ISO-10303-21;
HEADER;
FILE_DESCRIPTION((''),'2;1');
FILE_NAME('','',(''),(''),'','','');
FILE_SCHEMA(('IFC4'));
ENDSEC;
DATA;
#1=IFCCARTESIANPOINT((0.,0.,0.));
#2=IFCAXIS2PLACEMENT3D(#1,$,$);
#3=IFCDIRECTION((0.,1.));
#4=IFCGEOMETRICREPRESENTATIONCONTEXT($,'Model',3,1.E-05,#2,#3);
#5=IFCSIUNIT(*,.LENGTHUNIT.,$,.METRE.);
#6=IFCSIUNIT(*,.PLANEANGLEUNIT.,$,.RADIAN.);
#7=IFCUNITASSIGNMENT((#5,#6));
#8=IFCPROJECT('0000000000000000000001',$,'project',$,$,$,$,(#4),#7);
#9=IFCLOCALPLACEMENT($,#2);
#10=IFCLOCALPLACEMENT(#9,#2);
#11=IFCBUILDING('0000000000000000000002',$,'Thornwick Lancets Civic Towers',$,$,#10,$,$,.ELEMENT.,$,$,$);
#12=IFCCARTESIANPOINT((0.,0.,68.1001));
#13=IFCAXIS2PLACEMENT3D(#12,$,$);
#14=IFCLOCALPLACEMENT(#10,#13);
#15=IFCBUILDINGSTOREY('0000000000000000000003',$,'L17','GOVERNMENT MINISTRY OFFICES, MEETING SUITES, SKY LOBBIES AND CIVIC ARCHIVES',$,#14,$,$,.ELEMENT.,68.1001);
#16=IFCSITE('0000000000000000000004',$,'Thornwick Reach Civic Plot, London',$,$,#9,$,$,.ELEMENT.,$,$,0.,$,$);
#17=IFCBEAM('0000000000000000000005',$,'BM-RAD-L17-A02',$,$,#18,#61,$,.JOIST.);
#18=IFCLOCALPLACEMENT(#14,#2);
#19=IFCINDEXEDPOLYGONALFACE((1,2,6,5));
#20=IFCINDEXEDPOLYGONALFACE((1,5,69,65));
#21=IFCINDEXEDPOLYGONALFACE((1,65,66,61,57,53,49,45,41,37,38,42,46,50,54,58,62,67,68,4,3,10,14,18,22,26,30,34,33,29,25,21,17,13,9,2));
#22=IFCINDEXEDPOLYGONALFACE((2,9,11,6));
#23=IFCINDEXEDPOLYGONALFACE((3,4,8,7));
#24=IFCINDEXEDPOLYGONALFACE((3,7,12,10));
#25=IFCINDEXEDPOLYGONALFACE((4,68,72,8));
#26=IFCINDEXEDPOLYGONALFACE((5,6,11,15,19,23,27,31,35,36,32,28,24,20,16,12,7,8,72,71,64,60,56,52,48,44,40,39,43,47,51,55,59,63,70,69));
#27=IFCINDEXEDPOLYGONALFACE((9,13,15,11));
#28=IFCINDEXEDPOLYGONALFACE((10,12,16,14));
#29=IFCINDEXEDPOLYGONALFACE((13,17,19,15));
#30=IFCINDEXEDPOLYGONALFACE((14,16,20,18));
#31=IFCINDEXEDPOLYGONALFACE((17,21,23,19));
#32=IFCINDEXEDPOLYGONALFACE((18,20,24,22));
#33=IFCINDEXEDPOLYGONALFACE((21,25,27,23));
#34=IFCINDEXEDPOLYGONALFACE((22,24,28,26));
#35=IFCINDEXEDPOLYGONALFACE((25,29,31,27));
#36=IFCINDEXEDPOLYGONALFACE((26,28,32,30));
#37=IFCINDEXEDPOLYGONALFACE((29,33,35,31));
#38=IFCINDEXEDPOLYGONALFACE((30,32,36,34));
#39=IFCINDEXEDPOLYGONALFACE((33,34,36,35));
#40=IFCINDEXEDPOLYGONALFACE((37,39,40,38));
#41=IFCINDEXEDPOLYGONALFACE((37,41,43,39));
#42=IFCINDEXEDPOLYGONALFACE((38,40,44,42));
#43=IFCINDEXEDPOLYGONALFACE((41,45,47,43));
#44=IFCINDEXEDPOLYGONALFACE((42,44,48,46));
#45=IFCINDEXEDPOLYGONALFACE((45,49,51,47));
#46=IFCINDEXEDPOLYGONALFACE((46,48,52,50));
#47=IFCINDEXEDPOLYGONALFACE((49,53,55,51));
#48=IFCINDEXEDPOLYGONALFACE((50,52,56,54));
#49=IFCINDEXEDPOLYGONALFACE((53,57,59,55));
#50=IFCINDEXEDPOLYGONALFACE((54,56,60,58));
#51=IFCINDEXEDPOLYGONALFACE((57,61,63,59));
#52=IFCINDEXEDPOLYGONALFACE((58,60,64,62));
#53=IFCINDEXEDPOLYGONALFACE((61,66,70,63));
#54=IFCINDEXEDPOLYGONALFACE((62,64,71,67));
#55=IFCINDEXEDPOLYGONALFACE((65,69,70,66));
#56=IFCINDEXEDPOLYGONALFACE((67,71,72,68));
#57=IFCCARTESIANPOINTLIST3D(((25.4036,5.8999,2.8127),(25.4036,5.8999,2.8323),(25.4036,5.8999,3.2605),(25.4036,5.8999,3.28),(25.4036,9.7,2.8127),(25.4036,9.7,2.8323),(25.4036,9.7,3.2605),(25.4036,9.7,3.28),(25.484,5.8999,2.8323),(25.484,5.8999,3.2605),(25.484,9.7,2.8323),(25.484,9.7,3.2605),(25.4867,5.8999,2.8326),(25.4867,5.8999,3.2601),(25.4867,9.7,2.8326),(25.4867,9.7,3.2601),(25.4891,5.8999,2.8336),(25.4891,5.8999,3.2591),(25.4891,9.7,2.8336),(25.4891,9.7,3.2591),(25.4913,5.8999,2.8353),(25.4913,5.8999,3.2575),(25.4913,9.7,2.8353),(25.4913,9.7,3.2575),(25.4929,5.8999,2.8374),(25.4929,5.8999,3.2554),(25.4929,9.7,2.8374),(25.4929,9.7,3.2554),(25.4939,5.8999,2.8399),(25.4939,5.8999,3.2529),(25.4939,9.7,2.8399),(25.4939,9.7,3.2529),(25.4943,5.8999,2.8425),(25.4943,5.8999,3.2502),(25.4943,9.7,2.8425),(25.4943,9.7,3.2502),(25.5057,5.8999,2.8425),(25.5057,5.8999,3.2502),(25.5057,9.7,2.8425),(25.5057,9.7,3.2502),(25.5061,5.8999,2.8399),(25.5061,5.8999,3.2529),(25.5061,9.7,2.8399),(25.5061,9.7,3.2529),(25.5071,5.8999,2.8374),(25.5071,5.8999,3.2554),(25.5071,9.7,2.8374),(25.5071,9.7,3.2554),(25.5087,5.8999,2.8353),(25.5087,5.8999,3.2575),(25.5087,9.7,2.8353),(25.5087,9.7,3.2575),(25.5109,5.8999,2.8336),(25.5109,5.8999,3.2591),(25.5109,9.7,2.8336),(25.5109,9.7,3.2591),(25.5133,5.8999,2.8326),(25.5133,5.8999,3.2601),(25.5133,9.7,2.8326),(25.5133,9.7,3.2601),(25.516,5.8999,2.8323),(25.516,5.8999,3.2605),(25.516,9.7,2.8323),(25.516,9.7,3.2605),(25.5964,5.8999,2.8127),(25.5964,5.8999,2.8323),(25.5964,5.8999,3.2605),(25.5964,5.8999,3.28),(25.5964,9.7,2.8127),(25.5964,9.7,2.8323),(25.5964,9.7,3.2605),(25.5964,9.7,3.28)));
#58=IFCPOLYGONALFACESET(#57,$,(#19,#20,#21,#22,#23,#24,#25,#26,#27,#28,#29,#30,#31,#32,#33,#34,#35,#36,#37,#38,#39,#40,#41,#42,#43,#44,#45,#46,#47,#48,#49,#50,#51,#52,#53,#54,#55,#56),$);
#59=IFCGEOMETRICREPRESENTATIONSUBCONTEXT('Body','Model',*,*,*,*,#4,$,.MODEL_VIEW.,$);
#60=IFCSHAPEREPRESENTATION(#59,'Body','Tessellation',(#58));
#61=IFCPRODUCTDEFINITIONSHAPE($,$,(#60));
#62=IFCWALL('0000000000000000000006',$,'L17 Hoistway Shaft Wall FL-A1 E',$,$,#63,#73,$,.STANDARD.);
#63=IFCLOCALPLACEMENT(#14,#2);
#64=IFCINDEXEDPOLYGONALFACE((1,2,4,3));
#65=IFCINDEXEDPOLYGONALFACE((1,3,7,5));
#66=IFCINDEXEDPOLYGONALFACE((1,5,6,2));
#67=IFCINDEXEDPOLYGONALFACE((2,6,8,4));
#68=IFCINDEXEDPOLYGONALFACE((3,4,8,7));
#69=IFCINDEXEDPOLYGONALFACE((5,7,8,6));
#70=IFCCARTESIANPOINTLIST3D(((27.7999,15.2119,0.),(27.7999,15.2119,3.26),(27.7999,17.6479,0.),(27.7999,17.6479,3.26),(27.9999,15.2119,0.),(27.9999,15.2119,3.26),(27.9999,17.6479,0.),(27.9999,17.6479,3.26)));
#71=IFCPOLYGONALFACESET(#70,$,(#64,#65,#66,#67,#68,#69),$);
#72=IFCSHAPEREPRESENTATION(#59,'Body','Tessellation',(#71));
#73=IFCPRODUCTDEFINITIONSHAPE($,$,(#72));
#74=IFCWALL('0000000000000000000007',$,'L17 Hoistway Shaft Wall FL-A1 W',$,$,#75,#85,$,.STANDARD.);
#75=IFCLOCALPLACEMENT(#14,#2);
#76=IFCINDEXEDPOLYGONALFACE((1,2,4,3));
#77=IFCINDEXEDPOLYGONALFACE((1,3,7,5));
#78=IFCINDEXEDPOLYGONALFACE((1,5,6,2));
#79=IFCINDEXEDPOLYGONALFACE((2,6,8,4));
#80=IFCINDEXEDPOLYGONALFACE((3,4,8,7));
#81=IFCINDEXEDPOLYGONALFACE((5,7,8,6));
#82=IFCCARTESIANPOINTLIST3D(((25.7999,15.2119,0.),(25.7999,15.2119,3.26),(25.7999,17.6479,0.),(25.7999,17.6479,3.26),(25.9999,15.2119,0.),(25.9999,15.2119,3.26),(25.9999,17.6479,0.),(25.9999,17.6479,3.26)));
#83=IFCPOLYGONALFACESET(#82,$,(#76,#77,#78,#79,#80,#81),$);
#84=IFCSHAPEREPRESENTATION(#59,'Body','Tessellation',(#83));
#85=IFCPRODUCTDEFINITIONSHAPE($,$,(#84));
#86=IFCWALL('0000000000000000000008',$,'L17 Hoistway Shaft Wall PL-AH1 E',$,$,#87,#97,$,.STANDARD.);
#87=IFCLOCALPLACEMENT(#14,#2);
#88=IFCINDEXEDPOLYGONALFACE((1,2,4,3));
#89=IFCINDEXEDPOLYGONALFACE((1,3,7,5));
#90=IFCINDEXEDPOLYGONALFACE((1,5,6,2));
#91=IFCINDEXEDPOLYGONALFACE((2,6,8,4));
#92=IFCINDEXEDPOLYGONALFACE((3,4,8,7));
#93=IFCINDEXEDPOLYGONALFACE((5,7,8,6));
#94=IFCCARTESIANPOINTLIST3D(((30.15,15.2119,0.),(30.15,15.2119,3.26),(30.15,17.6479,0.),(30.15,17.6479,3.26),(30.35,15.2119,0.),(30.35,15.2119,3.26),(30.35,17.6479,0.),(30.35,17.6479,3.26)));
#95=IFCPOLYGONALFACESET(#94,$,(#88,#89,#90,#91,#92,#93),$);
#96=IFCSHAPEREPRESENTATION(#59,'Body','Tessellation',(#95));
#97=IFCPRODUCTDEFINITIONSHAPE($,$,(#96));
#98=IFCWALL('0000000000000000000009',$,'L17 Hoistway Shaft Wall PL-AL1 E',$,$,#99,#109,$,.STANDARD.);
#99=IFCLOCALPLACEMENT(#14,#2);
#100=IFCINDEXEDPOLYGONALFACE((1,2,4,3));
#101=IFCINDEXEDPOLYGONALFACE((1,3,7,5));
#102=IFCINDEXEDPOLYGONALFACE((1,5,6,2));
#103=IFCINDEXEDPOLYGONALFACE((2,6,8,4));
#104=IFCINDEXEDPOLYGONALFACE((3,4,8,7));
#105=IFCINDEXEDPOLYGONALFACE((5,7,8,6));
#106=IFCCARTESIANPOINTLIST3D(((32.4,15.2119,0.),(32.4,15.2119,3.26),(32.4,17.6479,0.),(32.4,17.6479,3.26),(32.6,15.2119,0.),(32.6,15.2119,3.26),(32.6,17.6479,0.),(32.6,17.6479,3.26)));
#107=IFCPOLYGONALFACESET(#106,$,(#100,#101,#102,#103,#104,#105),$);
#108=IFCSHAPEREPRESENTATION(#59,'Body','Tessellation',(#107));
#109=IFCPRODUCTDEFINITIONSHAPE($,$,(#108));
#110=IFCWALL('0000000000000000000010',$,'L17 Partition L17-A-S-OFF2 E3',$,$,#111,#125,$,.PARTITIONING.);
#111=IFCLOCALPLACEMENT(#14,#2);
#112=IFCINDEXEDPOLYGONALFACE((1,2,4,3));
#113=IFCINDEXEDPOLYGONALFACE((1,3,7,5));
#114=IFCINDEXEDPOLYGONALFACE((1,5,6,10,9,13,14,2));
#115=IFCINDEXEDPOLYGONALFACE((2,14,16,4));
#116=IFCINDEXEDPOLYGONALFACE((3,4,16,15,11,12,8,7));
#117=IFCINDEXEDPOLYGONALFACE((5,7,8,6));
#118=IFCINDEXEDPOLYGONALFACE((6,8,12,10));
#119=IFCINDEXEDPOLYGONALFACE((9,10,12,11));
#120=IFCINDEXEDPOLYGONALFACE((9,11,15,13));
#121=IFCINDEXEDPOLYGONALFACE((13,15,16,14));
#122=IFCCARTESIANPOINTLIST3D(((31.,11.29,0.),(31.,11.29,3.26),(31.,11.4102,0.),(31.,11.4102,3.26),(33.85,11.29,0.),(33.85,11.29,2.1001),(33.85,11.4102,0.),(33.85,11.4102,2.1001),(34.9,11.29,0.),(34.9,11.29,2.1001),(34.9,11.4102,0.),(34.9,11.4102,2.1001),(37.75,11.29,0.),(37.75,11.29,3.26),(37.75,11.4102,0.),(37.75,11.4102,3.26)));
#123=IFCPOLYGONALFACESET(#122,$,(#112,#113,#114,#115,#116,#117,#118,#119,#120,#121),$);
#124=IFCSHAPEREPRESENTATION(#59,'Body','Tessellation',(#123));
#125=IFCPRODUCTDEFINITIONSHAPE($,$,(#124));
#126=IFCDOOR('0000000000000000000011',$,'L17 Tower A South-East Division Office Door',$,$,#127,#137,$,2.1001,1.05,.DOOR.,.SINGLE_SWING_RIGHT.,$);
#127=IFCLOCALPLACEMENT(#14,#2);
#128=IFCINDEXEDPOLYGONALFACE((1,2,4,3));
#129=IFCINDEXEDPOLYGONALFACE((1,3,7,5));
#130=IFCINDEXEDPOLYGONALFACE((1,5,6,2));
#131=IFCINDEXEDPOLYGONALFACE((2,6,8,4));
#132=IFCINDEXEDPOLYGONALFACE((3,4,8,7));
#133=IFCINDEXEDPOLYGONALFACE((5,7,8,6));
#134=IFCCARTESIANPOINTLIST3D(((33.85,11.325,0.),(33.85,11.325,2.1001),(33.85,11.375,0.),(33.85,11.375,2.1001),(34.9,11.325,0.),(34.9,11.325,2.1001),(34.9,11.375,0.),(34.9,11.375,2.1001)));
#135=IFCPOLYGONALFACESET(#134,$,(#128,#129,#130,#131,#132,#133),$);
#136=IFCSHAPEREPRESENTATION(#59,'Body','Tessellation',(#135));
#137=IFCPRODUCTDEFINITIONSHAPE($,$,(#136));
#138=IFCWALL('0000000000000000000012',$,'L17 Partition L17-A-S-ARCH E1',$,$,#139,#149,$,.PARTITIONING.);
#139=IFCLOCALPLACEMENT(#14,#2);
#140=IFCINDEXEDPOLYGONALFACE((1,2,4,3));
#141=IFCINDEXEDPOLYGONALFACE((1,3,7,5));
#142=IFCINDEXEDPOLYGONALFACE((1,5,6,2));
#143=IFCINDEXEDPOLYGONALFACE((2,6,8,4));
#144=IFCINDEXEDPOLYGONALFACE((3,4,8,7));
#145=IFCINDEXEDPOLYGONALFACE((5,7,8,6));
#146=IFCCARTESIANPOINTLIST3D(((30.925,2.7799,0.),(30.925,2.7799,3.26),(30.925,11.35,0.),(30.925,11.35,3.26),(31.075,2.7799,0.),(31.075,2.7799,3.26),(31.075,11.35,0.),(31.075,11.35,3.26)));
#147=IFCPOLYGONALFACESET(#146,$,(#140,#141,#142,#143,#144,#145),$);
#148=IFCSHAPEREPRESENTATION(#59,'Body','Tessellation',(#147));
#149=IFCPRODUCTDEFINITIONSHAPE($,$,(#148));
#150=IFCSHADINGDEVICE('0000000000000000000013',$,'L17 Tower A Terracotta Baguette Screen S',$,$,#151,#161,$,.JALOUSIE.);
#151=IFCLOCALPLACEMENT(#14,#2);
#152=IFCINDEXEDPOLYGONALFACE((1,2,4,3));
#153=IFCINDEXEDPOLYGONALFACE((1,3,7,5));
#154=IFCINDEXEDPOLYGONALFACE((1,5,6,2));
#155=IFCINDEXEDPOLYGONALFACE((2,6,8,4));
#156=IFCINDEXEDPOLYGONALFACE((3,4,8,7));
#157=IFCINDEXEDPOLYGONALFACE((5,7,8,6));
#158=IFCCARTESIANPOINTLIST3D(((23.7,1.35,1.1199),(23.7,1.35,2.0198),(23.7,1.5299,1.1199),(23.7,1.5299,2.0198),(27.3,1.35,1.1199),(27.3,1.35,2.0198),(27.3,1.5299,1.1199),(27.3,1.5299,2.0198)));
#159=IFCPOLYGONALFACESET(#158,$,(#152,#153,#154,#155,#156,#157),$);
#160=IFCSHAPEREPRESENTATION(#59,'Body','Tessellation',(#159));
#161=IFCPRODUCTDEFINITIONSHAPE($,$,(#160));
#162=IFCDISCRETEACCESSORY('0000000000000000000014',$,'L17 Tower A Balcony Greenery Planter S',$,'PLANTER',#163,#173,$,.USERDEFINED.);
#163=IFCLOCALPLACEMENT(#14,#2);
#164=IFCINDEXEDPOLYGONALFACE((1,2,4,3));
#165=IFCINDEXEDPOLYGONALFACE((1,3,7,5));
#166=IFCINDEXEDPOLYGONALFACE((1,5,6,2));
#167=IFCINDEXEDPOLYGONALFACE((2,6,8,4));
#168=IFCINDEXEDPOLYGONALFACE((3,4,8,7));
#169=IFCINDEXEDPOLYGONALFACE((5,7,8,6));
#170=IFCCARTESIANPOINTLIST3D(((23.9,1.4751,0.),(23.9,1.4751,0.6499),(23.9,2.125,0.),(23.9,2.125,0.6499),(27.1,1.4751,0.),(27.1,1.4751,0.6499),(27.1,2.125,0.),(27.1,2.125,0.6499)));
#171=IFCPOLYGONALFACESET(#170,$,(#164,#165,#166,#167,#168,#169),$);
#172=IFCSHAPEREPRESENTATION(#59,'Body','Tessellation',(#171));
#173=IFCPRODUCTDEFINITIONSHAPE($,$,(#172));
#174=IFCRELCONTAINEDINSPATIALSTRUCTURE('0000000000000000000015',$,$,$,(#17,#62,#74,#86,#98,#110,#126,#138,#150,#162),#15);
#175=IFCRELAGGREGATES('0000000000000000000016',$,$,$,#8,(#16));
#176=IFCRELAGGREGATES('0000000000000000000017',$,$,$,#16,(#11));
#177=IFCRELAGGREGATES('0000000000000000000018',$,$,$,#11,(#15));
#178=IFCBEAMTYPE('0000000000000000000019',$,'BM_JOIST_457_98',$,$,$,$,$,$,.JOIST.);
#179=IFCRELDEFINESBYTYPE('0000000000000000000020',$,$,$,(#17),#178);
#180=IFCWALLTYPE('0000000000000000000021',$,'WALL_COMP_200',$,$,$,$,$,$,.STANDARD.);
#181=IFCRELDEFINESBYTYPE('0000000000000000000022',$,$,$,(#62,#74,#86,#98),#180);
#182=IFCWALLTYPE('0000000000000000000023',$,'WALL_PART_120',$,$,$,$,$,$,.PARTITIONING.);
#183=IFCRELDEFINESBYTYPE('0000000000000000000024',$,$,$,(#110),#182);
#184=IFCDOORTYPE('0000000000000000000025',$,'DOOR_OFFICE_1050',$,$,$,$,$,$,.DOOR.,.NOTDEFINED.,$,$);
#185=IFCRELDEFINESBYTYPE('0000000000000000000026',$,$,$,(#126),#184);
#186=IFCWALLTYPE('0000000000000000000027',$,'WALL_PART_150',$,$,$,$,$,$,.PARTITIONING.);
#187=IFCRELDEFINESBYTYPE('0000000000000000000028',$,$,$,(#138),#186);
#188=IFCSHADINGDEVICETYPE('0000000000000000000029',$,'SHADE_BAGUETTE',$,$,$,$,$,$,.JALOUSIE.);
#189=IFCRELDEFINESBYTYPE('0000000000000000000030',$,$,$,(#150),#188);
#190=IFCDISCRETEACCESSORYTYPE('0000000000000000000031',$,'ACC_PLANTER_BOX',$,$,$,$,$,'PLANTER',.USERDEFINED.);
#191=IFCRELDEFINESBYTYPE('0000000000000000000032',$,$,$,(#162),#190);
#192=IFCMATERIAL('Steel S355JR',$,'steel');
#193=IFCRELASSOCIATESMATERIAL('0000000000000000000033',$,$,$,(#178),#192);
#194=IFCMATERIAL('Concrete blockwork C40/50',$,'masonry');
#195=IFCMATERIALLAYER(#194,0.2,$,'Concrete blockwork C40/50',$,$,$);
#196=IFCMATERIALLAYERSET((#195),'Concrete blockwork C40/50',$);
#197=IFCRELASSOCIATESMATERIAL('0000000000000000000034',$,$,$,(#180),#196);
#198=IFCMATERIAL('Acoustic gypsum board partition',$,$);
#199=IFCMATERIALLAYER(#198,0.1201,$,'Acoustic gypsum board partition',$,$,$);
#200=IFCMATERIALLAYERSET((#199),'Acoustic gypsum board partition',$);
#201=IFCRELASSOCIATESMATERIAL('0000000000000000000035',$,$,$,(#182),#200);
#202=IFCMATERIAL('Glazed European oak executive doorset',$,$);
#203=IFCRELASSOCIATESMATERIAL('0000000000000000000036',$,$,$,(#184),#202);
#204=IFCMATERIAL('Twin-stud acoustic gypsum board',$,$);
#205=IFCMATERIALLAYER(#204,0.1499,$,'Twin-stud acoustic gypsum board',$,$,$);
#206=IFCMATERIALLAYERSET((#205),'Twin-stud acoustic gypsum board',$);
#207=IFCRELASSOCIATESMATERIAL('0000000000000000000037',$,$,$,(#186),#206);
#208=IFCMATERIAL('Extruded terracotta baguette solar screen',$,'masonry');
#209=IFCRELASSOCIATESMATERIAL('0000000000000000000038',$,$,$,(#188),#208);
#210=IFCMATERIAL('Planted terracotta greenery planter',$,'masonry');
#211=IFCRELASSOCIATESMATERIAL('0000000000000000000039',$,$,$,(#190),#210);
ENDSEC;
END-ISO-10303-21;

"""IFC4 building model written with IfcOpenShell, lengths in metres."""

from ifc_helpers import new_model, si_unit, direction, frame, frame_2d, origin, origin_2d, place, context, subcontext, project, spatial, rectangle, i_section, extrude, material, layer, layer_set, material_profile, profile_set, type_object, element, fill, save


model = new_model("IFC4")

# Units and contexts
model_context = context("Model", 3, precision=1e-05, world=origin(), true_north=direction((0.0, 1.0)))
body_context = subcontext(model_context, "Body", "Model", "MODEL_VIEW")
ifc_project = project(units=[si_unit("LENGTHUNIT", "METRE"), si_unit("PLANEANGLEUNIT", "RADIAN")], contexts=[model_context])

# Site, building, storey
site_placement = place(None, origin())
site = spatial("IfcSite", under=ifc_project, at=site_placement, Name="Thornwick Reach Civic Plot, London", CompositionType="ELEMENT", RefElevation=0.0)
building_placement = place(site_placement, origin())
building = spatial("IfcBuilding", under=site, at=building_placement, Name="Thornwick Lancets Civic Towers", CompositionType="ELEMENT")
storey_placement = place(building_placement, frame((0.0, 0.0, 68.1001)))
storey = spatial("IfcBuildingStorey", under=building, at=storey_placement, Name="L17", Description="GOVERNMENT MINISTRY OFFICES, MEETING SUITES, SKY LOBBIES AND CIVIC ARCHIVES", CompositionType="ELEMENT", Elevation=68.1001)

# Beam
ifc_material_1 = material(Name="Steel S355JR", Category="steel")
ifc_material_profile_1 = material_profile(ifc_material_1, i_section(OverallWidth=0.1929, OverallDepth=0.4673, WebThickness=0.0115, FlangeThickness=0.0195, FilletRadius=0.0103, at=origin_2d()), Name="UKB 457x191x98")
ifc_profile_set_1 = profile_set([ifc_material_profile_1], Name="Steel S355JR")
beam_type_1 = type_object("IfcBeamType", Name="BM_JOIST_457_98", PredefinedType="JOIST", material=ifc_profile_set_1)
beam_1_placement = place(storey_placement, frame((25.5, 9.7, 3.0464), z_axis=(0.0, -1.0, 0.0), x_axis=(1.0, 0.0, 0.0)))
element("IfcBeam", 1, at=beam_1_placement, inside=storey, type_object=beam_type_1, Name="BM-RAD-L17-A02", PredefinedType="JOIST", context=body_context, shape_type="SweptSolid", body=[
    extrude(i_section(OverallWidth=0.1929, OverallDepth=0.4673, WebThickness=0.0115, FlangeThickness=0.0195, FilletRadius=0.0103, at=origin_2d()), origin(), (0.0, 0.0, 1.0), 3.8),
])

# Walls
ifc_material_2 = material(Name="Concrete blockwork C40/50", Category="masonry")
ifc_layer_1 = layer(ifc_material_2, 0.2, Name="Concrete blockwork C40/50")
ifc_layer_set_1 = layer_set([ifc_layer_1], Name="Concrete blockwork C40/50")
wall_type_1 = type_object("IfcWallType", Name="WALL_COMP_200", PredefinedType="STANDARD", material=ifc_layer_set_1)
for number, where, z_axis, x_axis, name in (
    (2, (27.8999, 15.2119, 0.0), (0.0, 0.0, 1.0), (0.0, 1.0, 0.0), "L17 Hoistway Shaft Wall FL-A1 E"),
    (3, (25.8999, 15.2119, 0.0), (0.0, 0.0, 1.0), (0.0, 1.0, 0.0), "L17 Hoistway Shaft Wall FL-A1 W"),
    (4, (30.25, 15.2119, 0.0), (0.0, 0.0, 1.0), (0.0, 1.0, 0.0), "L17 Hoistway Shaft Wall PL-AH1 E"),
    (5, (32.5, 15.2119, 0.0), (0.0, 0.0, 1.0), (0.0, 1.0, 0.0), "L17 Hoistway Shaft Wall PL-AL1 E"),
):
    element("IfcWall", number, at=place(storey_placement, frame(where, z_axis=z_axis, x_axis=x_axis)), inside=storey, type_object=wall_type_1, Name=name, PredefinedType="STANDARD", context=body_context, shape_type="SweptSolid", body=[
        extrude(rectangle(XDim=2.436, YDim=0.2, at=frame_2d((1.218, 0.0))), origin(), (0.0, 0.0, 1.0), 3.26),
    ])

# Wall, opening, door
ifc_material_3 = material(Name="Acoustic gypsum board partition")
ifc_layer_2 = layer(ifc_material_3, 0.1201, Name="Acoustic gypsum board partition")
ifc_layer_set_2 = layer_set([ifc_layer_2], Name="Acoustic gypsum board partition")
wall_type_2 = type_object("IfcWallType", Name="WALL_PART_120", PredefinedType="PARTITIONING", material=ifc_layer_set_2)
wall_1_placement = place(storey_placement, frame((31.0, 11.3501, 0.0), z_axis=(0.0, 0.0, 1.0), x_axis=(1.0, 0.0, 0.0)))
wall_1 = element("IfcWall", 6, at=wall_1_placement, inside=storey, type_object=wall_type_2, Name="L17 Partition L17-A-S-OFF2 E3", PredefinedType="PARTITIONING", context=body_context, shape_type="SweptSolid", body=[
    extrude(rectangle(XDim=6.75, YDim=0.1201, at=frame_2d((3.375, 0.0))), origin(), (0.0, 0.0, 1.0), 3.26),
])
opening_placement = place(wall_1_placement, frame((2.8501, 0.0, 0.0)))
opening = element("IfcOpeningElement", 7, at=opening_placement, cuts=wall_1, PredefinedType="OPENING", context=body_context, shape_type="SweptSolid", body=[
    extrude(rectangle(XDim=1.05, YDim=2.1001, at=frame_2d((0.5249, 1.05))), frame((0.0, 0.0701, 0.0), z_axis=(0.0, -1.0, 0.0), x_axis=(1.0, 0.0, 0.0)), (0.0, 0.0, 1.0), 0.1401),
])
ifc_material_4 = material(Name="Glazed European oak executive doorset")
door_type = type_object("IfcDoorType", Name="DOOR_OFFICE_1050", OperationType="NOTDEFINED", PredefinedType="DOOR", material=ifc_material_4)
door_placement = place(opening_placement, origin())
door = element("IfcDoor", 8, at=door_placement, inside=storey, type_object=door_type, Name="L17 Tower A South-East Division Office Door", OperationType="SINGLE_SWING_RIGHT", OverallHeight=2.1001, OverallWidth=1.05, PredefinedType="DOOR", context=body_context, shape_type="SweptSolid", body=[
    extrude(rectangle(XDim=1.05, YDim=2.1001, at=frame_2d((0.5249, 1.05))), frame((0.0, 0.0249, 0.0), z_axis=(0.0, -1.0, 0.0), x_axis=(1.0, 0.0, 0.0)), (0.0, 0.0, 1.0), 0.05),
])
fill(opening, door)

# Wall
ifc_material_5 = material(Name="Twin-stud acoustic gypsum board")
ifc_layer_3 = layer(ifc_material_5, 0.1499, Name="Twin-stud acoustic gypsum board")
ifc_layer_set_3 = layer_set([ifc_layer_3], Name="Twin-stud acoustic gypsum board")
wall_type_3 = type_object("IfcWallType", Name="WALL_PART_150", PredefinedType="PARTITIONING", material=ifc_layer_set_3)
wall_2_placement = place(storey_placement, frame((31.0, 11.3501, 0.0), z_axis=(0.0, 0.0, 1.0), x_axis=(0.0, -1.0, 0.0)))
element("IfcWall", 9, at=wall_2_placement, inside=storey, type_object=wall_type_3, Name="L17 Partition L17-A-S-ARCH E1", PredefinedType="PARTITIONING", context=body_context, shape_type="SweptSolid", body=[
    extrude(rectangle(XDim=8.5701, YDim=0.1499, at=frame_2d((4.2852, 0.0))), origin(), (0.0, 0.0, 1.0), 3.26),
])

# Shading device
ifc_material_6 = material(Name="Extruded terracotta baguette solar screen", Category="masonry")
shading_device_type = type_object("IfcShadingDeviceType", Name="SHADE_BAGUETTE", PredefinedType="JALOUSIE", material=ifc_material_6)
shading_device_placement = place(storey_placement, frame((25.5, 1.4399, 1.1199), z_axis=(0.0, 0.0, 1.0), x_axis=(1.0, 0.0, 0.0)))
element("IfcShadingDevice", 10, at=shading_device_placement, inside=storey, type_object=shading_device_type, Name="L17 Tower A Terracotta Baguette Screen S", PredefinedType="JALOUSIE", context=body_context, shape_type="SweptSolid", body=[
    extrude(rectangle(XDim=3.6001, YDim=0.1799, at=origin_2d()), origin(), (0.0, 0.0, 1.0), 0.8999),
])

# Discrete accessory
ifc_material_7 = material(Name="Planted terracotta greenery planter", Category="masonry")
discrete_accessory_type = type_object("IfcDiscreteAccessoryType", Name="ACC_PLANTER_BOX", ElementType="PLANTER", PredefinedType="USERDEFINED", material=ifc_material_7)
discrete_accessory_placement = place(storey_placement, frame((25.5, 1.8, 0.0), z_axis=(0.0, 0.0, 1.0), x_axis=(1.0, 0.0, 0.0)))
element("IfcDiscreteAccessory", 11, at=discrete_accessory_placement, inside=storey, type_object=discrete_accessory_type, Name="L17 Tower A Balcony Greenery Planter S", ObjectType="PLANTER", PredefinedType="USERDEFINED", context=body_context, shape_type="SweptSolid", body=[
    extrude(rectangle(XDim=3.2, YDim=0.6499, at=origin_2d()), origin(), (0.0, 0.0, 1.0), 0.6499),
])

save(model, "model.ifc")
